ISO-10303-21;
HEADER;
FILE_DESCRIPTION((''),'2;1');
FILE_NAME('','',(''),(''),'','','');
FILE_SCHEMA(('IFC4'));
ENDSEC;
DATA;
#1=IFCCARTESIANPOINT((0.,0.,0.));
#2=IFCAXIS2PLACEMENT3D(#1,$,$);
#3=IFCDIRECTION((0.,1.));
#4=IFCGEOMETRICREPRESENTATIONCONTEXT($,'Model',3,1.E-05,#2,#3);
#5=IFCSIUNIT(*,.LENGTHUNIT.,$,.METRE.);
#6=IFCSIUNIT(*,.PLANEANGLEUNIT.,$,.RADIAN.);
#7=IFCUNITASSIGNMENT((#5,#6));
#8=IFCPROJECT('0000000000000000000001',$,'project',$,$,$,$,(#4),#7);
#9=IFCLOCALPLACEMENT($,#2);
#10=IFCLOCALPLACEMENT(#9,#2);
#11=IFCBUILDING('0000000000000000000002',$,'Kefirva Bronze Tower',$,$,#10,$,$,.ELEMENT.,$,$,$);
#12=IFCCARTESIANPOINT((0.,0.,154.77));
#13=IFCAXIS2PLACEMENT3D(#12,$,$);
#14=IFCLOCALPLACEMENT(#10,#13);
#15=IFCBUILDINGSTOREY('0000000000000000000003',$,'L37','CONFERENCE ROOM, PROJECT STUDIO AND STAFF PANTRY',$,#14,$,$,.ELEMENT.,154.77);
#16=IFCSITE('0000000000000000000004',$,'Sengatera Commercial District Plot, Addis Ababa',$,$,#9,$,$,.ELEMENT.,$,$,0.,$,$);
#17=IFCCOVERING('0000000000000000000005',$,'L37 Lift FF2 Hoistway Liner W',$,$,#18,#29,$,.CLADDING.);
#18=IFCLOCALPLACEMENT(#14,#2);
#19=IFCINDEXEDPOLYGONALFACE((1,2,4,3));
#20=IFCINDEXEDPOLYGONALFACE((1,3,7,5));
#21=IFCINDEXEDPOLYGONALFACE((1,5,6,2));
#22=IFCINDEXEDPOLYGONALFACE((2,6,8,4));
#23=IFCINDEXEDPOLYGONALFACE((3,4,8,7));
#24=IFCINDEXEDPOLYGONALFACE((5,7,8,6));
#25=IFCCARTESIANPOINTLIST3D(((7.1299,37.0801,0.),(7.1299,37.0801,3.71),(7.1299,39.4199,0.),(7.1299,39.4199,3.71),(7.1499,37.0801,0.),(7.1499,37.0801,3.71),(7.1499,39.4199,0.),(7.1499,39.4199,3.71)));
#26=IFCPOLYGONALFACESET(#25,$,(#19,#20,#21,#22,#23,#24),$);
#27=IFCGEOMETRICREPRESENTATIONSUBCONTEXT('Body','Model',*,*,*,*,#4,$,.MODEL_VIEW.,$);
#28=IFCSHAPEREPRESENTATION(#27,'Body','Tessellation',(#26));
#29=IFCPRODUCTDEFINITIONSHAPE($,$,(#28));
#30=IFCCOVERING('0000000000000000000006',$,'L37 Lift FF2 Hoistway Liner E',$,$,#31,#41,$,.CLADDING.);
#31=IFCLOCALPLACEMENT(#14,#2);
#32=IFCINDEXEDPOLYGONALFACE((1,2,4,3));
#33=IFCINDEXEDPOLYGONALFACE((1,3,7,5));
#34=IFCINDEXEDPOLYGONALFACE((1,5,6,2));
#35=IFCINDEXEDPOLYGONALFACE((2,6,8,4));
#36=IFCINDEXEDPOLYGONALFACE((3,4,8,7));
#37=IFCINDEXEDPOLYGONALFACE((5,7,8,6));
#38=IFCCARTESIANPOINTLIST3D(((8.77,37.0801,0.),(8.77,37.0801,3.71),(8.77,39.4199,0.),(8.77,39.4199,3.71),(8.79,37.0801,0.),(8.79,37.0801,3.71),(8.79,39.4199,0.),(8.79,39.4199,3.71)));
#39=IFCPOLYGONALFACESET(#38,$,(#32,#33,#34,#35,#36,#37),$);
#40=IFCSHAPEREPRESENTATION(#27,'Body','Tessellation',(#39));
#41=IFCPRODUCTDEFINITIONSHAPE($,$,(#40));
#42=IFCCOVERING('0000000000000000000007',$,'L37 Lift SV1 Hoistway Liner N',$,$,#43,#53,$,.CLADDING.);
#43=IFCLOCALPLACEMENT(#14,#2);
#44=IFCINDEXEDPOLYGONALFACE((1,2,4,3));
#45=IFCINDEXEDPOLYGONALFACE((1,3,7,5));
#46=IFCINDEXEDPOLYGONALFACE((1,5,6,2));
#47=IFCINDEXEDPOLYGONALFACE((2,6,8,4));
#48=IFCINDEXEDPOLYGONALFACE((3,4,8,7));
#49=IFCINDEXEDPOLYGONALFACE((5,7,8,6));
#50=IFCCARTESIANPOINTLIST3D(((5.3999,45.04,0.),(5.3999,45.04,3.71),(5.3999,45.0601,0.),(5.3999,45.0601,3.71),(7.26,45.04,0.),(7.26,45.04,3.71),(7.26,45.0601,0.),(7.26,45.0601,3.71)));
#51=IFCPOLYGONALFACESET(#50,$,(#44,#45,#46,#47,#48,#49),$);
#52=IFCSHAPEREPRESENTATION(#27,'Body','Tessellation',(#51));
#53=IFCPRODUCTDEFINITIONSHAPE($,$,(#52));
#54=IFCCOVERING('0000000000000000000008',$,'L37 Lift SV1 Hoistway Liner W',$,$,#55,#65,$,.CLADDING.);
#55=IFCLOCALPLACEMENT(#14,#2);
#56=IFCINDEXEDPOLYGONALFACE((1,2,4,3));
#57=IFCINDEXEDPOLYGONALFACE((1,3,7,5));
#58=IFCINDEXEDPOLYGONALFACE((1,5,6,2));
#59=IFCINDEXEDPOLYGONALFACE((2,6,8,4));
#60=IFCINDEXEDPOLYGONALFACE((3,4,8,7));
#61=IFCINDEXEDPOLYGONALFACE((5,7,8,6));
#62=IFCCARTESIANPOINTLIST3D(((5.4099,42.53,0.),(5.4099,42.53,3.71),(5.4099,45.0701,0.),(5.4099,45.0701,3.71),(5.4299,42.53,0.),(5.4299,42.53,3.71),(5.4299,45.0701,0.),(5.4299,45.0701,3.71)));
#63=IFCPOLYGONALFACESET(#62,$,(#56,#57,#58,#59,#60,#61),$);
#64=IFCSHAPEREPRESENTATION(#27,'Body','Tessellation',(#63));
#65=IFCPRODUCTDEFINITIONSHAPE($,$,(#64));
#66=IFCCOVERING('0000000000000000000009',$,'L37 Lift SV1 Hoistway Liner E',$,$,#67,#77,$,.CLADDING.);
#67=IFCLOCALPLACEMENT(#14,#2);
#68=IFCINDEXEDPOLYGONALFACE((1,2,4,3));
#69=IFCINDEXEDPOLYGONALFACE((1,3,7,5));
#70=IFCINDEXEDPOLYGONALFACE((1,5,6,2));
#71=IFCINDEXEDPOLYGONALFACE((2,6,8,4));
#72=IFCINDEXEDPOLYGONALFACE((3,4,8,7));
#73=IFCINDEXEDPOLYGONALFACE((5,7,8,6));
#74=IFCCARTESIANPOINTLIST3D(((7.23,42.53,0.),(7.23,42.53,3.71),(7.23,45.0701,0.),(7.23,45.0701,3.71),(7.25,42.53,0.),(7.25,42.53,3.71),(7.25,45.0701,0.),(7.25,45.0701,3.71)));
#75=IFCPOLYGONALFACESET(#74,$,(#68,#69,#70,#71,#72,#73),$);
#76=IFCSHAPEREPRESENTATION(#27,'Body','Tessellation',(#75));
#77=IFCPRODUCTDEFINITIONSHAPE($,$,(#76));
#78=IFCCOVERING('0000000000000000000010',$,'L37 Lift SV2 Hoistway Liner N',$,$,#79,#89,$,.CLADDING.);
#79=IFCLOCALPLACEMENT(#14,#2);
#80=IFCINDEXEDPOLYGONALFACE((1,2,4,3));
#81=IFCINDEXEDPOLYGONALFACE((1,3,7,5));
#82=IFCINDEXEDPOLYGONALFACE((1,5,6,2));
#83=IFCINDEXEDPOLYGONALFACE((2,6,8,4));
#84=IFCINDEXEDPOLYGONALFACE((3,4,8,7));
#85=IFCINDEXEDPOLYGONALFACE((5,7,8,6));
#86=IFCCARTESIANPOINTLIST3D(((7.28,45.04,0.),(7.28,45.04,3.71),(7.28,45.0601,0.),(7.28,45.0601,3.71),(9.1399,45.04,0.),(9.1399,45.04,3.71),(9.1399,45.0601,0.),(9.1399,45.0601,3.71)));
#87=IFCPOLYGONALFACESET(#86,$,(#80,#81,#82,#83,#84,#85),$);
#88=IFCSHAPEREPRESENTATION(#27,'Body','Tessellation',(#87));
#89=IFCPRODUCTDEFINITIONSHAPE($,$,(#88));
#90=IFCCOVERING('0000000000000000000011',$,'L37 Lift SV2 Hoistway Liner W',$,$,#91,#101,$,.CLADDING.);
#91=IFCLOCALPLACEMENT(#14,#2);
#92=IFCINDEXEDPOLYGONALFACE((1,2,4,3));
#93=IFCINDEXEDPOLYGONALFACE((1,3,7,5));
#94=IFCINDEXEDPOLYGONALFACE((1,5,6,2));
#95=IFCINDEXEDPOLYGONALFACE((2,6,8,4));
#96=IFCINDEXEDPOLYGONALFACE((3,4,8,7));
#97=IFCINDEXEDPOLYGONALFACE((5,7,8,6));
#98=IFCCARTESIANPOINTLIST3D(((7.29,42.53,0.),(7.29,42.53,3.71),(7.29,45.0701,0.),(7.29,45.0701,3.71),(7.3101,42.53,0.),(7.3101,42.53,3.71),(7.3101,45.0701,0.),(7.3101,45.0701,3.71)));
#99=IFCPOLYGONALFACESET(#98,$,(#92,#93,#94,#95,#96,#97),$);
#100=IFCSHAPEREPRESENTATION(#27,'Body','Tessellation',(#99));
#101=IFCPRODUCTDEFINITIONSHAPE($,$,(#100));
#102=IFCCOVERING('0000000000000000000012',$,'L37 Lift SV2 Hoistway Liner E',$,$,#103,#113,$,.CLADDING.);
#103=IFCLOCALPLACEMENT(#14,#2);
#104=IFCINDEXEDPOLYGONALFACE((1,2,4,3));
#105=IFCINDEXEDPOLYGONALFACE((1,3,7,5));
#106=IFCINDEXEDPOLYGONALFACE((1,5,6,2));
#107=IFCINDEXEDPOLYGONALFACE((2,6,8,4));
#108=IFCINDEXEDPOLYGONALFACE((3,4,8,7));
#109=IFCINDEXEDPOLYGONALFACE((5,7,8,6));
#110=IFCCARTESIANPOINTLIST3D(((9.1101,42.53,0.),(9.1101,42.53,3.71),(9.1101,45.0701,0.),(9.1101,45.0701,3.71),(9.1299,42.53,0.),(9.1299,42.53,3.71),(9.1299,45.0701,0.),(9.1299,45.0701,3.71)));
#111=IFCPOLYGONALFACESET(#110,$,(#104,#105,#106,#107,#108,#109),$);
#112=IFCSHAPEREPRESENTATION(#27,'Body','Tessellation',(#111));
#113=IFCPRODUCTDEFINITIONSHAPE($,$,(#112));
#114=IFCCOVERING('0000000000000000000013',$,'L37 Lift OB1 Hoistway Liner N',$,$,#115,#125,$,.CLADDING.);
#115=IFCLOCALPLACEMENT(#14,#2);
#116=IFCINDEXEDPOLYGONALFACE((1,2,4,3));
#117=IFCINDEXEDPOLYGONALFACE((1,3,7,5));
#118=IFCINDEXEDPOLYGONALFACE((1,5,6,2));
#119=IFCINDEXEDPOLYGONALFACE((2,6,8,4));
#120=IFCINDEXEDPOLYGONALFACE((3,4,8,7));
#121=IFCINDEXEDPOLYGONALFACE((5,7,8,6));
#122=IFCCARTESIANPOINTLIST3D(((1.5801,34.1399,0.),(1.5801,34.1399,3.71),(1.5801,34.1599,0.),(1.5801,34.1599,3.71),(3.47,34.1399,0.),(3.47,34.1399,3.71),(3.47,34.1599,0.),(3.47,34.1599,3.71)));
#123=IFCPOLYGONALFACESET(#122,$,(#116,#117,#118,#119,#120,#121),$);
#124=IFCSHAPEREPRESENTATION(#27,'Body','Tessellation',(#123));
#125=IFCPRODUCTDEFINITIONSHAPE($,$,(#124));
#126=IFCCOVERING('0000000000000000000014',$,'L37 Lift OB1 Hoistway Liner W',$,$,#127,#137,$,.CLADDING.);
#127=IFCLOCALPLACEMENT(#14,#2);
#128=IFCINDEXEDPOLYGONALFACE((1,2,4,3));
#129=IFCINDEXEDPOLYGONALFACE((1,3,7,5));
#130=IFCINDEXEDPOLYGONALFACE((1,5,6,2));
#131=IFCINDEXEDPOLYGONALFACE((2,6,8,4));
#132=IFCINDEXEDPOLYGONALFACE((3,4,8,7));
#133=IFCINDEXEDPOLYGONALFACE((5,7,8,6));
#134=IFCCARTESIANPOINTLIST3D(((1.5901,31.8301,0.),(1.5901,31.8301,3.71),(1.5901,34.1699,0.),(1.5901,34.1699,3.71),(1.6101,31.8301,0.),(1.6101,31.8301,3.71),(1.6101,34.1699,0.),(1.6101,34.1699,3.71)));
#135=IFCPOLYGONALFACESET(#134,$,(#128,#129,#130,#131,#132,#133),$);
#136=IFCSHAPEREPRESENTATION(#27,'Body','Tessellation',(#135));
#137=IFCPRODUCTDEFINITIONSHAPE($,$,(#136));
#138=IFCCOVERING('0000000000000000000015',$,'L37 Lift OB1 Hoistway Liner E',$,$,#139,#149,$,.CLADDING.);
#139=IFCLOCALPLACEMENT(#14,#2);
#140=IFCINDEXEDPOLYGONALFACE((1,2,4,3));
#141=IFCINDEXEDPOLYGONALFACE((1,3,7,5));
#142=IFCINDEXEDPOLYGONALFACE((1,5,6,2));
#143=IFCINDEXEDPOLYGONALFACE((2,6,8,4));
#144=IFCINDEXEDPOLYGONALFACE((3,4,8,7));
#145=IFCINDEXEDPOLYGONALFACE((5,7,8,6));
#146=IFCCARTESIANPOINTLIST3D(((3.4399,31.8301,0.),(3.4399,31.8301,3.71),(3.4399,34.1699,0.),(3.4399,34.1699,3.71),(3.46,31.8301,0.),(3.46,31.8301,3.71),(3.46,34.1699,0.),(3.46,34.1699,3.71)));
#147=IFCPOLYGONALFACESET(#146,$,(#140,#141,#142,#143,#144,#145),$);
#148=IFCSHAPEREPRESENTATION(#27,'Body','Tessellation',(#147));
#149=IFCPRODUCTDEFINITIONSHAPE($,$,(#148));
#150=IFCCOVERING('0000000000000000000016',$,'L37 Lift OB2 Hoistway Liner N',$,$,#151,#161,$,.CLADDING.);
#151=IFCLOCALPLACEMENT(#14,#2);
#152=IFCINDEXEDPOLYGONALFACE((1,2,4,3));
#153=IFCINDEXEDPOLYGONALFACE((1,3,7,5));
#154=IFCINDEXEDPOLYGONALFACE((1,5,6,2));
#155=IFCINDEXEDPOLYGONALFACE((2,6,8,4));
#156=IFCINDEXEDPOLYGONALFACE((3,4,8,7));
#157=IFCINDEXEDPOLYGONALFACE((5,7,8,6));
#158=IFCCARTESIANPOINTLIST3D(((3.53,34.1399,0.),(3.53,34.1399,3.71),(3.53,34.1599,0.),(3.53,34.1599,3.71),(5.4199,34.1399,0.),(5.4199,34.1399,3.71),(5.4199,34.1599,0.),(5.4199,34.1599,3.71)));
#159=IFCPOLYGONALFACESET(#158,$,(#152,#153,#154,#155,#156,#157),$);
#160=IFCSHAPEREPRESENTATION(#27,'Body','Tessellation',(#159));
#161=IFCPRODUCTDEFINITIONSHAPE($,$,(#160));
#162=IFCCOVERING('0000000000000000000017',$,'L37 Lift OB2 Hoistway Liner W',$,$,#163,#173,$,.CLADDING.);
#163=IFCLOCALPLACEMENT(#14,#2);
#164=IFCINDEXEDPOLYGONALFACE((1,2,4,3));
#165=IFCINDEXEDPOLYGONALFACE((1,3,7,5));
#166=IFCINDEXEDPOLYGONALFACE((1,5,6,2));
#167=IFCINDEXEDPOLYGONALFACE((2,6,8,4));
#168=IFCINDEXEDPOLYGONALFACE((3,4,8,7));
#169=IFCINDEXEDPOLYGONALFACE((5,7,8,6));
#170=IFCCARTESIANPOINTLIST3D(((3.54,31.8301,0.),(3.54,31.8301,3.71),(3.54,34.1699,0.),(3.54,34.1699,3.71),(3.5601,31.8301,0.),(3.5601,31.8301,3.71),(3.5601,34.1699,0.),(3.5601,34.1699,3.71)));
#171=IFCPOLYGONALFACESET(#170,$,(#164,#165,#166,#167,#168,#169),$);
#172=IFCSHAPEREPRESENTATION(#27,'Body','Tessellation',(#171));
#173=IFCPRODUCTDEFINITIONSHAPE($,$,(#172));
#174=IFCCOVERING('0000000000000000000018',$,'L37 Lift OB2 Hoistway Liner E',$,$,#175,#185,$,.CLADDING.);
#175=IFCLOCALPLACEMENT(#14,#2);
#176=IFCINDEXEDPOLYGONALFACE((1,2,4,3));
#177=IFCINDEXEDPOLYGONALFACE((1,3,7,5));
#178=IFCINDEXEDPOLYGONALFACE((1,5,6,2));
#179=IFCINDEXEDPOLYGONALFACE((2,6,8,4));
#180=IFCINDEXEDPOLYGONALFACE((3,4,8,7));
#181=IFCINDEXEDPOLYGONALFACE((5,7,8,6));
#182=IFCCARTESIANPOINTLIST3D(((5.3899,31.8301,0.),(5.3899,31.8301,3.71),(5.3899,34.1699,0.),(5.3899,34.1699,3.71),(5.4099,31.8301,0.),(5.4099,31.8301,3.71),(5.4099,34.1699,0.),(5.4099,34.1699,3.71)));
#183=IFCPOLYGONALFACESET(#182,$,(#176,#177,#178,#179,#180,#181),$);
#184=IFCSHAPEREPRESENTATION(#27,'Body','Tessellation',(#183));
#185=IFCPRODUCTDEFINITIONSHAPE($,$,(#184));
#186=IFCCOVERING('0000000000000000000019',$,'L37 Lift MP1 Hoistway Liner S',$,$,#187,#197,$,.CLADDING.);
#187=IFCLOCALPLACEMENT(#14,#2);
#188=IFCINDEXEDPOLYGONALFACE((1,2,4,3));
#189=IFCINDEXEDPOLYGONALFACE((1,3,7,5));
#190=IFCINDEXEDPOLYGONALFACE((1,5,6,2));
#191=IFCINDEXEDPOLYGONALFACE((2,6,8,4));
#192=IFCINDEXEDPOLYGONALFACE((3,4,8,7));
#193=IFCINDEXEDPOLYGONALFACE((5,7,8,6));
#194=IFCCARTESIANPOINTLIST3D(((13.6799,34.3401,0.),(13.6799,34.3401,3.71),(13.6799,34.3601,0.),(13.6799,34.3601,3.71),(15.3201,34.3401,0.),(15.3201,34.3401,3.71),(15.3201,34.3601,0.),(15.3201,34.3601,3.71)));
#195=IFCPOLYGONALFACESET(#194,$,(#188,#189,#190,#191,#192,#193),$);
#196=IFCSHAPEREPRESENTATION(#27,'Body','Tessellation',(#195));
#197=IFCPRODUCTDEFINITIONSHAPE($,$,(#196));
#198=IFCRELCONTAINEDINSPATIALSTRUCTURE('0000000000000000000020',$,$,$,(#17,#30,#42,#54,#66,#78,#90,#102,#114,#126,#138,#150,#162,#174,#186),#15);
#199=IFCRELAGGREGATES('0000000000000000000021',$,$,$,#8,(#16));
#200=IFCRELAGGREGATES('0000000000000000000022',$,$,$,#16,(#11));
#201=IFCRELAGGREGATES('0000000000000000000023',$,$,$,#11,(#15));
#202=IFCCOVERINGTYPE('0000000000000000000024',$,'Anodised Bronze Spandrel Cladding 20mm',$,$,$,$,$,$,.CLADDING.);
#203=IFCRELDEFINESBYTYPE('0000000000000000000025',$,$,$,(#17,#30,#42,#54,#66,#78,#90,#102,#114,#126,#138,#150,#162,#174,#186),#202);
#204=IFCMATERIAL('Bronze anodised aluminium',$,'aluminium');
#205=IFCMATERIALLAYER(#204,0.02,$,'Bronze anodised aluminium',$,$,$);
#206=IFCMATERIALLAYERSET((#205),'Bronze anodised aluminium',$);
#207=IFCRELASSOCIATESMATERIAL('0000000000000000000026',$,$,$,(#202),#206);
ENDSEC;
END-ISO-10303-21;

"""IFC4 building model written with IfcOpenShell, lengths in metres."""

from ifc_helpers import new_model, si_unit, direction, frame, origin, place, context, subcontext, project, spatial, polyline, outline, extrude, material, layer, layer_set, type_object, element, save


model = new_model("IFC4")

# Units and contexts
model_context = context("Model", 3, precision=1e-05, world=origin(), true_north=direction((0.0, 1.0)))
body_context = subcontext(model_context, "Body", "Model", "MODEL_VIEW")
ifc_project = project(units=[si_unit("LENGTHUNIT", "METRE"), si_unit("PLANEANGLEUNIT", "RADIAN")], contexts=[model_context])

# Site, building, storey
site_placement = place(None, origin())
site = spatial("IfcSite", under=ifc_project, at=site_placement, Name="Sengatera Commercial District Plot, Addis Ababa", CompositionType="ELEMENT", RefElevation=0.0)
building_placement = place(site_placement, origin())
building = spatial("IfcBuilding", under=site, at=building_placement, Name="Kefirva Bronze Tower", CompositionType="ELEMENT")
storey_placement = place(building_placement, frame((0.0, 0.0, 154.77)))
storey = spatial("IfcBuildingStorey", under=building, at=storey_placement, Name="L37", Description="CONFERENCE ROOM, PROJECT STUDIO AND STAFF PANTRY", CompositionType="ELEMENT", Elevation=154.77)

# Coverings
ifc_material_1 = material(Name="Bronze anodised aluminium", Category="aluminium")
ifc_layer_1 = layer(ifc_material_1, 0.02, Name="Bronze anodised aluminium")
ifc_layer_set_1 = layer_set([ifc_layer_1], Name="Bronze anodised aluminium")
covering_type = type_object("IfcCoveringType", Name="Anodised Bronze Spandrel Cladding 20mm", PredefinedType="CLADDING", material=ifc_layer_set_1)
covering_1_placement = place(storey_placement, origin())
element("IfcCovering", 1, at=covering_1_placement, inside=storey, type_object=covering_type, Name="L37 Lift FF2 Hoistway Liner W", PredefinedType="CLADDING", context=body_context, shape_type="SweptSolid", body=[
    extrude(outline(polyline([(7.1299, 37.0801), (7.1499, 37.0801), (7.1499, 39.4199), (7.1299, 39.4199), (7.1299, 37.0801)])), origin(), (0.0, 0.0, 1.0), 3.71),
])
covering_2_placement = place(storey_placement, origin())
element("IfcCovering", 2, at=covering_2_placement, inside=storey, type_object=covering_type, Name="L37 Lift FF2 Hoistway Liner E", PredefinedType="CLADDING", context=body_context, shape_type="SweptSolid", body=[
    extrude(outline(polyline([(8.77, 37.0801), (8.79, 37.0801), (8.79, 39.4199), (8.77, 39.4199), (8.77, 37.0801)])), origin(), (0.0, 0.0, 1.0), 3.71),
])
covering_3_placement = place(storey_placement, origin())
element("IfcCovering", 3, at=covering_3_placement, inside=storey, type_object=covering_type, Name="L37 Lift SV1 Hoistway Liner N", PredefinedType="CLADDING", context=body_context, shape_type="SweptSolid", body=[
    extrude(outline(polyline([(5.3999, 45.04), (7.26, 45.04), (7.26, 45.0601), (5.3999, 45.0601), (5.3999, 45.04)])), origin(), (0.0, 0.0, 1.0), 3.71),
])
covering_4_placement = place(storey_placement, origin())
element("IfcCovering", 4, at=covering_4_placement, inside=storey, type_object=covering_type, Name="L37 Lift SV1 Hoistway Liner W", PredefinedType="CLADDING", context=body_context, shape_type="SweptSolid", body=[
    extrude(outline(polyline([(5.4099, 42.53), (5.4299, 42.53), (5.4299, 45.0701), (5.4099, 45.0701), (5.4099, 42.53)])), origin(), (0.0, 0.0, 1.0), 3.71),
])
covering_5_placement = place(storey_placement, origin())
element("IfcCovering", 5, at=covering_5_placement, inside=storey, type_object=covering_type, Name="L37 Lift SV1 Hoistway Liner E", PredefinedType="CLADDING", context=body_context, shape_type="SweptSolid", body=[
    extrude(outline(polyline([(7.23, 42.53), (7.25, 42.53), (7.25, 45.0701), (7.23, 45.0701), (7.23, 42.53)])), origin(), (0.0, 0.0, 1.0), 3.71),
])
covering_6_placement = place(storey_placement, origin())
element("IfcCovering", 6, at=covering_6_placement, inside=storey, type_object=covering_type, Name="L37 Lift SV2 Hoistway Liner N", PredefinedType="CLADDING", context=body_context, shape_type="SweptSolid", body=[
    extrude(outline(polyline([(7.28, 45.04), (9.1399, 45.04), (9.1399, 45.0601), (7.28, 45.0601), (7.28, 45.04)])), origin(), (0.0, 0.0, 1.0), 3.71),
])
covering_7_placement = place(storey_placement, origin())
element("IfcCovering", 7, at=covering_7_placement, inside=storey, type_object=covering_type, Name="L37 Lift SV2 Hoistway Liner W", PredefinedType="CLADDING", context=body_context, shape_type="SweptSolid", body=[
    extrude(outline(polyline([(7.29, 42.53), (7.3101, 42.53), (7.3101, 45.0701), (7.29, 45.0701), (7.29, 42.53)])), origin(), (0.0, 0.0, 1.0), 3.71),
])
covering_8_placement = place(storey_placement, origin())
element("IfcCovering", 8, at=covering_8_placement, inside=storey, type_object=covering_type, Name="L37 Lift SV2 Hoistway Liner E", PredefinedType="CLADDING", context=body_context, shape_type="SweptSolid", body=[
    extrude(outline(polyline([(9.1101, 42.53), (9.1299, 42.53), (9.1299, 45.0701), (9.1101, 45.0701), (9.1101, 42.53)])), origin(), (0.0, 0.0, 1.0), 3.71),
])
covering_9_placement = place(storey_placement, origin())
element("IfcCovering", 9, at=covering_9_placement, inside=storey, type_object=covering_type, Name="L37 Lift OB1 Hoistway Liner N", PredefinedType="CLADDING", context=body_context, shape_type="SweptSolid", body=[
    extrude(outline(polyline([(1.5801, 34.1399), (3.47, 34.1399), (3.47, 34.1599), (1.5801, 34.1599), (1.5801, 34.1399)])), origin(), (0.0, 0.0, 1.0), 3.71),
])
covering_10_placement = place(storey_placement, origin())
element("IfcCovering", 10, at=covering_10_placement, inside=storey, type_object=covering_type, Name="L37 Lift OB1 Hoistway Liner W", PredefinedType="CLADDING", context=body_context, shape_type="SweptSolid", body=[
    extrude(outline(polyline([(1.5901, 31.8301), (1.6101, 31.8301), (1.6101, 34.1699), (1.5901, 34.1699), (1.5901, 31.8301)])), origin(), (0.0, 0.0, 1.0), 3.71),
])
covering_11_placement = place(storey_placement, origin())
element("IfcCovering", 11, at=covering_11_placement, inside=storey, type_object=covering_type, Name="L37 Lift OB1 Hoistway Liner E", PredefinedType="CLADDING", context=body_context, shape_type="SweptSolid", body=[
    extrude(outline(polyline([(3.4399, 31.8301), (3.46, 31.8301), (3.46, 34.1699), (3.4399, 34.1699), (3.4399, 31.8301)])), origin(), (0.0, 0.0, 1.0), 3.71),
])
covering_12_placement = place(storey_placement, origin())
element("IfcCovering", 12, at=covering_12_placement, inside=storey, type_object=covering_type, Name="L37 Lift OB2 Hoistway Liner N", PredefinedType="CLADDING", context=body_context, shape_type="SweptSolid", body=[
    extrude(outline(polyline([(3.53, 34.1399), (5.4199, 34.1399), (5.4199, 34.1599), (3.53, 34.1599), (3.53, 34.1399)])), origin(), (0.0, 0.0, 1.0), 3.71),
])
covering_13_placement = place(storey_placement, origin())
element("IfcCovering", 13, at=covering_13_placement, inside=storey, type_object=covering_type, Name="L37 Lift OB2 Hoistway Liner W", PredefinedType="CLADDING", context=body_context, shape_type="SweptSolid", body=[
    extrude(outline(polyline([(3.54, 31.8301), (3.5601, 31.8301), (3.5601, 34.1699), (3.54, 34.1699), (3.54, 31.8301)])), origin(), (0.0, 0.0, 1.0), 3.71),
])
covering_14_placement = place(storey_placement, origin())
element("IfcCovering", 14, at=covering_14_placement, inside=storey, type_object=covering_type, Name="L37 Lift OB2 Hoistway Liner E", PredefinedType="CLADDING", context=body_context, shape_type="SweptSolid", body=[
    extrude(outline(polyline([(5.3899, 31.8301), (5.4099, 31.8301), (5.4099, 34.1699), (5.3899, 34.1699), (5.3899, 31.8301)])), origin(), (0.0, 0.0, 1.0), 3.71),
])
covering_15_placement = place(storey_placement, origin())
element("IfcCovering", 15, at=covering_15_placement, inside=storey, type_object=covering_type, Name="L37 Lift MP1 Hoistway Liner S", PredefinedType="CLADDING", context=body_context, shape_type="SweptSolid", body=[
    extrude(outline(polyline([(13.6799, 34.3401), (15.3201, 34.3401), (15.3201, 34.3601), (13.6799, 34.3601), (13.6799, 34.3401)])), origin(), (0.0, 0.0, 1.0), 3.71),
])

save(model, "model.ifc")
